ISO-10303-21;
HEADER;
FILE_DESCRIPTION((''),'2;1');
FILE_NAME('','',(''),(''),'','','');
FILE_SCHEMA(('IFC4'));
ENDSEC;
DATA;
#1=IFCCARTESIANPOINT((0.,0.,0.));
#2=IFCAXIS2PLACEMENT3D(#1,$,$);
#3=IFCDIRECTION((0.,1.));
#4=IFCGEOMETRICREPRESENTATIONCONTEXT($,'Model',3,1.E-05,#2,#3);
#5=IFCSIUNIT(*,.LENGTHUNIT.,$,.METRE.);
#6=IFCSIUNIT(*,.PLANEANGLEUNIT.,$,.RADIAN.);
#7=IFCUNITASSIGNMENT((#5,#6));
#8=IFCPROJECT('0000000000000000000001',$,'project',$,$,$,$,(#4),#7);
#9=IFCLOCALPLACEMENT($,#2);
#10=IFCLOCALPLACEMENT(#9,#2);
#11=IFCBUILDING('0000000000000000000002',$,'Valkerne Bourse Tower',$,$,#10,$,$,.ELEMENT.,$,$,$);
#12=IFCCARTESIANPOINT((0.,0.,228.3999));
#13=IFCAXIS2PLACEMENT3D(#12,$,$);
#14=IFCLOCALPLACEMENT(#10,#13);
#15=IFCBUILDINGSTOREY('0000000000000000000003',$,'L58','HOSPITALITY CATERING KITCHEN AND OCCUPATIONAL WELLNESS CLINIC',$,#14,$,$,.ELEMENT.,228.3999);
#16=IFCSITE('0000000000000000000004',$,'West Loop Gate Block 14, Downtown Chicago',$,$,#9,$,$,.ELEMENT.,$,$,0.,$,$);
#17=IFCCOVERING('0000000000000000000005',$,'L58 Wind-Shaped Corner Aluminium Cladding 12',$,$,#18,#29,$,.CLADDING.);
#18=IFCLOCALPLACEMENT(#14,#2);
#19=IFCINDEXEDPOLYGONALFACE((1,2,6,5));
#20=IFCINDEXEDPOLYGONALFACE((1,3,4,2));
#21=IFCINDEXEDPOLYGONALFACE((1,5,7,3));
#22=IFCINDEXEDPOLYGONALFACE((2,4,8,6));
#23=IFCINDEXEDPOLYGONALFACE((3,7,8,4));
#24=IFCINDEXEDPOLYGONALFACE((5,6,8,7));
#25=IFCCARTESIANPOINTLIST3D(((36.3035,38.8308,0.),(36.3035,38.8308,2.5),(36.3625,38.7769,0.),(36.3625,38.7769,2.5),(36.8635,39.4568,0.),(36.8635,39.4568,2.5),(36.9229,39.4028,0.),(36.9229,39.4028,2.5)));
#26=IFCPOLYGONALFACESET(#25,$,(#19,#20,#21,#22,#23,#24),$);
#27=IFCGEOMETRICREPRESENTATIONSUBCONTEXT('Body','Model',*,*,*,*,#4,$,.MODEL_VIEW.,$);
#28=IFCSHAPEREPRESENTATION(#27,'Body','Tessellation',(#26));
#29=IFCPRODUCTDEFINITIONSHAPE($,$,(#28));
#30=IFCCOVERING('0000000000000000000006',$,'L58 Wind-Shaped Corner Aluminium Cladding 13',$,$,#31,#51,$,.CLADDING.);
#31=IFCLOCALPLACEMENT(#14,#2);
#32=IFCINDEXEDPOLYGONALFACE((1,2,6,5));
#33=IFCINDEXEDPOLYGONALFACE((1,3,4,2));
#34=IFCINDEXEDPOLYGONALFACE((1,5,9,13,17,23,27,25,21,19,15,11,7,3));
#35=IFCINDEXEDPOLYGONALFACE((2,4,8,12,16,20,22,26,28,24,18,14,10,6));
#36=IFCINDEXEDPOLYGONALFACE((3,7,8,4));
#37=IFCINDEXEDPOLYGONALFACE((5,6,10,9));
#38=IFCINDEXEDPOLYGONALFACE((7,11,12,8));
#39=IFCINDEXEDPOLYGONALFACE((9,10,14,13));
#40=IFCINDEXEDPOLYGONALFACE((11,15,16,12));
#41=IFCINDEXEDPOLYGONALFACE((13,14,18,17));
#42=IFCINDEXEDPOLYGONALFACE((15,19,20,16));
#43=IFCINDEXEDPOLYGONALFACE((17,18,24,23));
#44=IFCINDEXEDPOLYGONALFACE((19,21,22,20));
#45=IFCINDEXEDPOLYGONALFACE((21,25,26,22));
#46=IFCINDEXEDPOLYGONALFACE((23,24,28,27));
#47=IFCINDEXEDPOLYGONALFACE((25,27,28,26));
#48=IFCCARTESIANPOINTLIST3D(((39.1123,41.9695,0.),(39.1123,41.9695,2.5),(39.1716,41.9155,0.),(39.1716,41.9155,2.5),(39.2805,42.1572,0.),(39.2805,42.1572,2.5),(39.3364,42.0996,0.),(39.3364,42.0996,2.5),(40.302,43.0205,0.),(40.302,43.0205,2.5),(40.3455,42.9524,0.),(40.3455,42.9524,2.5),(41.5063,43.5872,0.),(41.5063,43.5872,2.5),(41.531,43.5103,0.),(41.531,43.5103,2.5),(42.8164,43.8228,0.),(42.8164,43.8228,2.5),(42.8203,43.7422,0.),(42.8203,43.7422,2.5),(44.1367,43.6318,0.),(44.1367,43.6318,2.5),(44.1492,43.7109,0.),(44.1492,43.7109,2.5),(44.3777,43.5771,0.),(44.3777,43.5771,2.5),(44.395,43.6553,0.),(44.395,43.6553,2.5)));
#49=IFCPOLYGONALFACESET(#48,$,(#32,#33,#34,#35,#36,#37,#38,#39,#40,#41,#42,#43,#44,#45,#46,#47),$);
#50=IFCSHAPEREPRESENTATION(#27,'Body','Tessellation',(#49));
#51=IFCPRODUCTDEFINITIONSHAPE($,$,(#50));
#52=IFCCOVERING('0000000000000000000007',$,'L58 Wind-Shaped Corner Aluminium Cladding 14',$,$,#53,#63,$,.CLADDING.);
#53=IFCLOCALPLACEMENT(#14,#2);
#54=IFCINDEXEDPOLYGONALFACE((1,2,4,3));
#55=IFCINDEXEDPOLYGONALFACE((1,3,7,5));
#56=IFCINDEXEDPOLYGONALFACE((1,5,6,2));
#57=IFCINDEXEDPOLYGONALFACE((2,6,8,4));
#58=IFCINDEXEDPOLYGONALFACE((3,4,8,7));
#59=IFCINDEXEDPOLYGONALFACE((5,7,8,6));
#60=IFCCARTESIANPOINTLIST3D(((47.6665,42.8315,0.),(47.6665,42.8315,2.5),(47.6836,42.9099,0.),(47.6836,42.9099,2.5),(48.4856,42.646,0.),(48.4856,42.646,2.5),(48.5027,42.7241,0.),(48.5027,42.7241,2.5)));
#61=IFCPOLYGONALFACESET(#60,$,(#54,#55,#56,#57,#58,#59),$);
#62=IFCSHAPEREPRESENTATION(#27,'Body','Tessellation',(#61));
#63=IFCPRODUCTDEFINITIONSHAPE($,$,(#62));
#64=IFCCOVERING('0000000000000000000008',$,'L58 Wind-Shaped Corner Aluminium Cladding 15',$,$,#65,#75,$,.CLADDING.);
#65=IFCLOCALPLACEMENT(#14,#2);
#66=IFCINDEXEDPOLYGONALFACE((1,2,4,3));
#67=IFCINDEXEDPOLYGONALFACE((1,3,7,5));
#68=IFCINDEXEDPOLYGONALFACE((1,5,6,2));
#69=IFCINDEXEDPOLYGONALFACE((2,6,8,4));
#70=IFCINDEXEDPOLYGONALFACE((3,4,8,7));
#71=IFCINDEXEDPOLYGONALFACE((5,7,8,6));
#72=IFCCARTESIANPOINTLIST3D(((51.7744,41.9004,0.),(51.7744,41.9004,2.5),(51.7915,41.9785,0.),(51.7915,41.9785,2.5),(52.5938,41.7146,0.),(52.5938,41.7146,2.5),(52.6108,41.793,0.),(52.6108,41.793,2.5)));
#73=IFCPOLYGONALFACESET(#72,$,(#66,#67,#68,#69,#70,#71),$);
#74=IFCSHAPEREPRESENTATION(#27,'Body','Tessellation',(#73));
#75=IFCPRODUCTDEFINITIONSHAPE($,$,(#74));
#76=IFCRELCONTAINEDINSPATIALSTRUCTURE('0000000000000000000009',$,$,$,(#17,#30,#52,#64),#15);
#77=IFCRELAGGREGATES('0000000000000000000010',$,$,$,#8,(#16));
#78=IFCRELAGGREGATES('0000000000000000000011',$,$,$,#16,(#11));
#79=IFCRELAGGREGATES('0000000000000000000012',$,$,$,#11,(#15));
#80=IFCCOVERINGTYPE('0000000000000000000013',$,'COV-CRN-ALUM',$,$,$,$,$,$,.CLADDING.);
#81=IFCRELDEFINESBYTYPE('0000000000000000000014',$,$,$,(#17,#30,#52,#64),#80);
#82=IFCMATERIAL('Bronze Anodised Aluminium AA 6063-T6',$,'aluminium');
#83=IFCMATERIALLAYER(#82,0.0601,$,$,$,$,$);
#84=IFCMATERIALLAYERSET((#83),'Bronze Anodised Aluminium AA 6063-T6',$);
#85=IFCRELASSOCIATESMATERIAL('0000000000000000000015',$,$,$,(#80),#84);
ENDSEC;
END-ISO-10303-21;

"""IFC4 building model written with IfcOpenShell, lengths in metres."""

from ifc_helpers import new_model, si_unit, direction, frame, origin, place, context, subcontext, project, spatial, polyline, outline, extrude, material, layer, layer_set, type_object, element, save


model = new_model("IFC4")

# Units and contexts
model_context = context("Model", 3, precision=1e-05, world=origin(), true_north=direction((0.0, 1.0)))
body_context = subcontext(model_context, "Body", "Model", "MODEL_VIEW")
ifc_project = project(units=[si_unit("LENGTHUNIT", "METRE"), si_unit("PLANEANGLEUNIT", "RADIAN")], contexts=[model_context])

# Site, building, storey
site_placement = place(None, origin())
site = spatial("IfcSite", under=ifc_project, at=site_placement, Name="West Loop Gate Block 14, Downtown Chicago", CompositionType="ELEMENT", RefElevation=0.0)
building_placement = place(site_placement, origin())
building = spatial("IfcBuilding", under=site, at=building_placement, Name="Valkerne Bourse Tower", CompositionType="ELEMENT")
storey_placement = place(building_placement, frame((0.0, 0.0, 228.3999)))
storey = spatial("IfcBuildingStorey", under=building, at=storey_placement, Name="L58", Description="HOSPITALITY CATERING KITCHEN AND OCCUPATIONAL WELLNESS CLINIC", CompositionType="ELEMENT", Elevation=228.3999)

# Coverings
ifc_material_1 = material(Name="Bronze Anodised Aluminium AA 6063-T6", Category="aluminium")
ifc_layer_1 = layer(ifc_material_1, 0.0601)
ifc_layer_set_1 = layer_set([ifc_layer_1], Name="Bronze Anodised Aluminium AA 6063-T6")
covering_type = type_object("IfcCoveringType", Name="COV-CRN-ALUM", PredefinedType="CLADDING", material=ifc_layer_set_1)
covering_1_placement = place(storey_placement, origin())
element("IfcCovering", 1, at=covering_1_placement, inside=storey, type_object=covering_type, Name="L58 Wind-Shaped Corner Aluminium Cladding 12", PredefinedType="CLADDING", context=body_context, shape_type="SweptSolid", body=[
    extrude(outline(polyline([(36.8635, 39.4568), (36.9229, 39.4028), (36.3625, 38.7769), (36.3035, 38.8308), (36.8635, 39.4568)])), origin(), (0.0, 0.0, 1.0), 2.5),
])
covering_2_placement = place(storey_placement, origin())
element("IfcCovering", 2, at=covering_2_placement, inside=storey, type_object=covering_type, Name="L58 Wind-Shaped Corner Aluminium Cladding 13", PredefinedType="CLADDING", context=body_context, shape_type="SweptSolid", body=[
    extrude(outline(polyline([(39.2805, 42.1572), (40.302, 43.0205), (41.5063, 43.5872), (42.8164, 43.8228), (44.1492, 43.7109), (44.395, 43.6553), (44.3777, 43.5771), (44.1367, 43.6318), (42.8203, 43.7422), (41.531, 43.5103), (40.3455, 42.9524), (39.3364, 42.0996), (39.1716, 41.9155), (39.1123, 41.9695), (39.2805, 42.1572)])), origin(), (0.0, 0.0, 1.0), 2.5),
])
covering_3_placement = place(storey_placement, origin())
element("IfcCovering", 3, at=covering_3_placement, inside=storey, type_object=covering_type, Name="L58 Wind-Shaped Corner Aluminium Cladding 14", PredefinedType="CLADDING", context=body_context, shape_type="SweptSolid", body=[
    extrude(outline(polyline([(48.5027, 42.7241), (48.4856, 42.646), (47.6665, 42.8315), (47.6836, 42.9099), (48.5027, 42.7241)])), origin(), (0.0, 0.0, 1.0), 2.5),
])
covering_4_placement = place(storey_placement, origin())
element("IfcCovering", 4, at=covering_4_placement, inside=storey, type_object=covering_type, Name="L58 Wind-Shaped Corner Aluminium Cladding 15", PredefinedType="CLADDING", context=body_context, shape_type="SweptSolid", body=[
    extrude(outline(polyline([(52.6108, 41.793), (52.5938, 41.7146), (51.7744, 41.9004), (51.7915, 41.9785), (52.6108, 41.793)])), origin(), (0.0, 0.0, 1.0), 2.5),
])

save(model, "model.ifc")
